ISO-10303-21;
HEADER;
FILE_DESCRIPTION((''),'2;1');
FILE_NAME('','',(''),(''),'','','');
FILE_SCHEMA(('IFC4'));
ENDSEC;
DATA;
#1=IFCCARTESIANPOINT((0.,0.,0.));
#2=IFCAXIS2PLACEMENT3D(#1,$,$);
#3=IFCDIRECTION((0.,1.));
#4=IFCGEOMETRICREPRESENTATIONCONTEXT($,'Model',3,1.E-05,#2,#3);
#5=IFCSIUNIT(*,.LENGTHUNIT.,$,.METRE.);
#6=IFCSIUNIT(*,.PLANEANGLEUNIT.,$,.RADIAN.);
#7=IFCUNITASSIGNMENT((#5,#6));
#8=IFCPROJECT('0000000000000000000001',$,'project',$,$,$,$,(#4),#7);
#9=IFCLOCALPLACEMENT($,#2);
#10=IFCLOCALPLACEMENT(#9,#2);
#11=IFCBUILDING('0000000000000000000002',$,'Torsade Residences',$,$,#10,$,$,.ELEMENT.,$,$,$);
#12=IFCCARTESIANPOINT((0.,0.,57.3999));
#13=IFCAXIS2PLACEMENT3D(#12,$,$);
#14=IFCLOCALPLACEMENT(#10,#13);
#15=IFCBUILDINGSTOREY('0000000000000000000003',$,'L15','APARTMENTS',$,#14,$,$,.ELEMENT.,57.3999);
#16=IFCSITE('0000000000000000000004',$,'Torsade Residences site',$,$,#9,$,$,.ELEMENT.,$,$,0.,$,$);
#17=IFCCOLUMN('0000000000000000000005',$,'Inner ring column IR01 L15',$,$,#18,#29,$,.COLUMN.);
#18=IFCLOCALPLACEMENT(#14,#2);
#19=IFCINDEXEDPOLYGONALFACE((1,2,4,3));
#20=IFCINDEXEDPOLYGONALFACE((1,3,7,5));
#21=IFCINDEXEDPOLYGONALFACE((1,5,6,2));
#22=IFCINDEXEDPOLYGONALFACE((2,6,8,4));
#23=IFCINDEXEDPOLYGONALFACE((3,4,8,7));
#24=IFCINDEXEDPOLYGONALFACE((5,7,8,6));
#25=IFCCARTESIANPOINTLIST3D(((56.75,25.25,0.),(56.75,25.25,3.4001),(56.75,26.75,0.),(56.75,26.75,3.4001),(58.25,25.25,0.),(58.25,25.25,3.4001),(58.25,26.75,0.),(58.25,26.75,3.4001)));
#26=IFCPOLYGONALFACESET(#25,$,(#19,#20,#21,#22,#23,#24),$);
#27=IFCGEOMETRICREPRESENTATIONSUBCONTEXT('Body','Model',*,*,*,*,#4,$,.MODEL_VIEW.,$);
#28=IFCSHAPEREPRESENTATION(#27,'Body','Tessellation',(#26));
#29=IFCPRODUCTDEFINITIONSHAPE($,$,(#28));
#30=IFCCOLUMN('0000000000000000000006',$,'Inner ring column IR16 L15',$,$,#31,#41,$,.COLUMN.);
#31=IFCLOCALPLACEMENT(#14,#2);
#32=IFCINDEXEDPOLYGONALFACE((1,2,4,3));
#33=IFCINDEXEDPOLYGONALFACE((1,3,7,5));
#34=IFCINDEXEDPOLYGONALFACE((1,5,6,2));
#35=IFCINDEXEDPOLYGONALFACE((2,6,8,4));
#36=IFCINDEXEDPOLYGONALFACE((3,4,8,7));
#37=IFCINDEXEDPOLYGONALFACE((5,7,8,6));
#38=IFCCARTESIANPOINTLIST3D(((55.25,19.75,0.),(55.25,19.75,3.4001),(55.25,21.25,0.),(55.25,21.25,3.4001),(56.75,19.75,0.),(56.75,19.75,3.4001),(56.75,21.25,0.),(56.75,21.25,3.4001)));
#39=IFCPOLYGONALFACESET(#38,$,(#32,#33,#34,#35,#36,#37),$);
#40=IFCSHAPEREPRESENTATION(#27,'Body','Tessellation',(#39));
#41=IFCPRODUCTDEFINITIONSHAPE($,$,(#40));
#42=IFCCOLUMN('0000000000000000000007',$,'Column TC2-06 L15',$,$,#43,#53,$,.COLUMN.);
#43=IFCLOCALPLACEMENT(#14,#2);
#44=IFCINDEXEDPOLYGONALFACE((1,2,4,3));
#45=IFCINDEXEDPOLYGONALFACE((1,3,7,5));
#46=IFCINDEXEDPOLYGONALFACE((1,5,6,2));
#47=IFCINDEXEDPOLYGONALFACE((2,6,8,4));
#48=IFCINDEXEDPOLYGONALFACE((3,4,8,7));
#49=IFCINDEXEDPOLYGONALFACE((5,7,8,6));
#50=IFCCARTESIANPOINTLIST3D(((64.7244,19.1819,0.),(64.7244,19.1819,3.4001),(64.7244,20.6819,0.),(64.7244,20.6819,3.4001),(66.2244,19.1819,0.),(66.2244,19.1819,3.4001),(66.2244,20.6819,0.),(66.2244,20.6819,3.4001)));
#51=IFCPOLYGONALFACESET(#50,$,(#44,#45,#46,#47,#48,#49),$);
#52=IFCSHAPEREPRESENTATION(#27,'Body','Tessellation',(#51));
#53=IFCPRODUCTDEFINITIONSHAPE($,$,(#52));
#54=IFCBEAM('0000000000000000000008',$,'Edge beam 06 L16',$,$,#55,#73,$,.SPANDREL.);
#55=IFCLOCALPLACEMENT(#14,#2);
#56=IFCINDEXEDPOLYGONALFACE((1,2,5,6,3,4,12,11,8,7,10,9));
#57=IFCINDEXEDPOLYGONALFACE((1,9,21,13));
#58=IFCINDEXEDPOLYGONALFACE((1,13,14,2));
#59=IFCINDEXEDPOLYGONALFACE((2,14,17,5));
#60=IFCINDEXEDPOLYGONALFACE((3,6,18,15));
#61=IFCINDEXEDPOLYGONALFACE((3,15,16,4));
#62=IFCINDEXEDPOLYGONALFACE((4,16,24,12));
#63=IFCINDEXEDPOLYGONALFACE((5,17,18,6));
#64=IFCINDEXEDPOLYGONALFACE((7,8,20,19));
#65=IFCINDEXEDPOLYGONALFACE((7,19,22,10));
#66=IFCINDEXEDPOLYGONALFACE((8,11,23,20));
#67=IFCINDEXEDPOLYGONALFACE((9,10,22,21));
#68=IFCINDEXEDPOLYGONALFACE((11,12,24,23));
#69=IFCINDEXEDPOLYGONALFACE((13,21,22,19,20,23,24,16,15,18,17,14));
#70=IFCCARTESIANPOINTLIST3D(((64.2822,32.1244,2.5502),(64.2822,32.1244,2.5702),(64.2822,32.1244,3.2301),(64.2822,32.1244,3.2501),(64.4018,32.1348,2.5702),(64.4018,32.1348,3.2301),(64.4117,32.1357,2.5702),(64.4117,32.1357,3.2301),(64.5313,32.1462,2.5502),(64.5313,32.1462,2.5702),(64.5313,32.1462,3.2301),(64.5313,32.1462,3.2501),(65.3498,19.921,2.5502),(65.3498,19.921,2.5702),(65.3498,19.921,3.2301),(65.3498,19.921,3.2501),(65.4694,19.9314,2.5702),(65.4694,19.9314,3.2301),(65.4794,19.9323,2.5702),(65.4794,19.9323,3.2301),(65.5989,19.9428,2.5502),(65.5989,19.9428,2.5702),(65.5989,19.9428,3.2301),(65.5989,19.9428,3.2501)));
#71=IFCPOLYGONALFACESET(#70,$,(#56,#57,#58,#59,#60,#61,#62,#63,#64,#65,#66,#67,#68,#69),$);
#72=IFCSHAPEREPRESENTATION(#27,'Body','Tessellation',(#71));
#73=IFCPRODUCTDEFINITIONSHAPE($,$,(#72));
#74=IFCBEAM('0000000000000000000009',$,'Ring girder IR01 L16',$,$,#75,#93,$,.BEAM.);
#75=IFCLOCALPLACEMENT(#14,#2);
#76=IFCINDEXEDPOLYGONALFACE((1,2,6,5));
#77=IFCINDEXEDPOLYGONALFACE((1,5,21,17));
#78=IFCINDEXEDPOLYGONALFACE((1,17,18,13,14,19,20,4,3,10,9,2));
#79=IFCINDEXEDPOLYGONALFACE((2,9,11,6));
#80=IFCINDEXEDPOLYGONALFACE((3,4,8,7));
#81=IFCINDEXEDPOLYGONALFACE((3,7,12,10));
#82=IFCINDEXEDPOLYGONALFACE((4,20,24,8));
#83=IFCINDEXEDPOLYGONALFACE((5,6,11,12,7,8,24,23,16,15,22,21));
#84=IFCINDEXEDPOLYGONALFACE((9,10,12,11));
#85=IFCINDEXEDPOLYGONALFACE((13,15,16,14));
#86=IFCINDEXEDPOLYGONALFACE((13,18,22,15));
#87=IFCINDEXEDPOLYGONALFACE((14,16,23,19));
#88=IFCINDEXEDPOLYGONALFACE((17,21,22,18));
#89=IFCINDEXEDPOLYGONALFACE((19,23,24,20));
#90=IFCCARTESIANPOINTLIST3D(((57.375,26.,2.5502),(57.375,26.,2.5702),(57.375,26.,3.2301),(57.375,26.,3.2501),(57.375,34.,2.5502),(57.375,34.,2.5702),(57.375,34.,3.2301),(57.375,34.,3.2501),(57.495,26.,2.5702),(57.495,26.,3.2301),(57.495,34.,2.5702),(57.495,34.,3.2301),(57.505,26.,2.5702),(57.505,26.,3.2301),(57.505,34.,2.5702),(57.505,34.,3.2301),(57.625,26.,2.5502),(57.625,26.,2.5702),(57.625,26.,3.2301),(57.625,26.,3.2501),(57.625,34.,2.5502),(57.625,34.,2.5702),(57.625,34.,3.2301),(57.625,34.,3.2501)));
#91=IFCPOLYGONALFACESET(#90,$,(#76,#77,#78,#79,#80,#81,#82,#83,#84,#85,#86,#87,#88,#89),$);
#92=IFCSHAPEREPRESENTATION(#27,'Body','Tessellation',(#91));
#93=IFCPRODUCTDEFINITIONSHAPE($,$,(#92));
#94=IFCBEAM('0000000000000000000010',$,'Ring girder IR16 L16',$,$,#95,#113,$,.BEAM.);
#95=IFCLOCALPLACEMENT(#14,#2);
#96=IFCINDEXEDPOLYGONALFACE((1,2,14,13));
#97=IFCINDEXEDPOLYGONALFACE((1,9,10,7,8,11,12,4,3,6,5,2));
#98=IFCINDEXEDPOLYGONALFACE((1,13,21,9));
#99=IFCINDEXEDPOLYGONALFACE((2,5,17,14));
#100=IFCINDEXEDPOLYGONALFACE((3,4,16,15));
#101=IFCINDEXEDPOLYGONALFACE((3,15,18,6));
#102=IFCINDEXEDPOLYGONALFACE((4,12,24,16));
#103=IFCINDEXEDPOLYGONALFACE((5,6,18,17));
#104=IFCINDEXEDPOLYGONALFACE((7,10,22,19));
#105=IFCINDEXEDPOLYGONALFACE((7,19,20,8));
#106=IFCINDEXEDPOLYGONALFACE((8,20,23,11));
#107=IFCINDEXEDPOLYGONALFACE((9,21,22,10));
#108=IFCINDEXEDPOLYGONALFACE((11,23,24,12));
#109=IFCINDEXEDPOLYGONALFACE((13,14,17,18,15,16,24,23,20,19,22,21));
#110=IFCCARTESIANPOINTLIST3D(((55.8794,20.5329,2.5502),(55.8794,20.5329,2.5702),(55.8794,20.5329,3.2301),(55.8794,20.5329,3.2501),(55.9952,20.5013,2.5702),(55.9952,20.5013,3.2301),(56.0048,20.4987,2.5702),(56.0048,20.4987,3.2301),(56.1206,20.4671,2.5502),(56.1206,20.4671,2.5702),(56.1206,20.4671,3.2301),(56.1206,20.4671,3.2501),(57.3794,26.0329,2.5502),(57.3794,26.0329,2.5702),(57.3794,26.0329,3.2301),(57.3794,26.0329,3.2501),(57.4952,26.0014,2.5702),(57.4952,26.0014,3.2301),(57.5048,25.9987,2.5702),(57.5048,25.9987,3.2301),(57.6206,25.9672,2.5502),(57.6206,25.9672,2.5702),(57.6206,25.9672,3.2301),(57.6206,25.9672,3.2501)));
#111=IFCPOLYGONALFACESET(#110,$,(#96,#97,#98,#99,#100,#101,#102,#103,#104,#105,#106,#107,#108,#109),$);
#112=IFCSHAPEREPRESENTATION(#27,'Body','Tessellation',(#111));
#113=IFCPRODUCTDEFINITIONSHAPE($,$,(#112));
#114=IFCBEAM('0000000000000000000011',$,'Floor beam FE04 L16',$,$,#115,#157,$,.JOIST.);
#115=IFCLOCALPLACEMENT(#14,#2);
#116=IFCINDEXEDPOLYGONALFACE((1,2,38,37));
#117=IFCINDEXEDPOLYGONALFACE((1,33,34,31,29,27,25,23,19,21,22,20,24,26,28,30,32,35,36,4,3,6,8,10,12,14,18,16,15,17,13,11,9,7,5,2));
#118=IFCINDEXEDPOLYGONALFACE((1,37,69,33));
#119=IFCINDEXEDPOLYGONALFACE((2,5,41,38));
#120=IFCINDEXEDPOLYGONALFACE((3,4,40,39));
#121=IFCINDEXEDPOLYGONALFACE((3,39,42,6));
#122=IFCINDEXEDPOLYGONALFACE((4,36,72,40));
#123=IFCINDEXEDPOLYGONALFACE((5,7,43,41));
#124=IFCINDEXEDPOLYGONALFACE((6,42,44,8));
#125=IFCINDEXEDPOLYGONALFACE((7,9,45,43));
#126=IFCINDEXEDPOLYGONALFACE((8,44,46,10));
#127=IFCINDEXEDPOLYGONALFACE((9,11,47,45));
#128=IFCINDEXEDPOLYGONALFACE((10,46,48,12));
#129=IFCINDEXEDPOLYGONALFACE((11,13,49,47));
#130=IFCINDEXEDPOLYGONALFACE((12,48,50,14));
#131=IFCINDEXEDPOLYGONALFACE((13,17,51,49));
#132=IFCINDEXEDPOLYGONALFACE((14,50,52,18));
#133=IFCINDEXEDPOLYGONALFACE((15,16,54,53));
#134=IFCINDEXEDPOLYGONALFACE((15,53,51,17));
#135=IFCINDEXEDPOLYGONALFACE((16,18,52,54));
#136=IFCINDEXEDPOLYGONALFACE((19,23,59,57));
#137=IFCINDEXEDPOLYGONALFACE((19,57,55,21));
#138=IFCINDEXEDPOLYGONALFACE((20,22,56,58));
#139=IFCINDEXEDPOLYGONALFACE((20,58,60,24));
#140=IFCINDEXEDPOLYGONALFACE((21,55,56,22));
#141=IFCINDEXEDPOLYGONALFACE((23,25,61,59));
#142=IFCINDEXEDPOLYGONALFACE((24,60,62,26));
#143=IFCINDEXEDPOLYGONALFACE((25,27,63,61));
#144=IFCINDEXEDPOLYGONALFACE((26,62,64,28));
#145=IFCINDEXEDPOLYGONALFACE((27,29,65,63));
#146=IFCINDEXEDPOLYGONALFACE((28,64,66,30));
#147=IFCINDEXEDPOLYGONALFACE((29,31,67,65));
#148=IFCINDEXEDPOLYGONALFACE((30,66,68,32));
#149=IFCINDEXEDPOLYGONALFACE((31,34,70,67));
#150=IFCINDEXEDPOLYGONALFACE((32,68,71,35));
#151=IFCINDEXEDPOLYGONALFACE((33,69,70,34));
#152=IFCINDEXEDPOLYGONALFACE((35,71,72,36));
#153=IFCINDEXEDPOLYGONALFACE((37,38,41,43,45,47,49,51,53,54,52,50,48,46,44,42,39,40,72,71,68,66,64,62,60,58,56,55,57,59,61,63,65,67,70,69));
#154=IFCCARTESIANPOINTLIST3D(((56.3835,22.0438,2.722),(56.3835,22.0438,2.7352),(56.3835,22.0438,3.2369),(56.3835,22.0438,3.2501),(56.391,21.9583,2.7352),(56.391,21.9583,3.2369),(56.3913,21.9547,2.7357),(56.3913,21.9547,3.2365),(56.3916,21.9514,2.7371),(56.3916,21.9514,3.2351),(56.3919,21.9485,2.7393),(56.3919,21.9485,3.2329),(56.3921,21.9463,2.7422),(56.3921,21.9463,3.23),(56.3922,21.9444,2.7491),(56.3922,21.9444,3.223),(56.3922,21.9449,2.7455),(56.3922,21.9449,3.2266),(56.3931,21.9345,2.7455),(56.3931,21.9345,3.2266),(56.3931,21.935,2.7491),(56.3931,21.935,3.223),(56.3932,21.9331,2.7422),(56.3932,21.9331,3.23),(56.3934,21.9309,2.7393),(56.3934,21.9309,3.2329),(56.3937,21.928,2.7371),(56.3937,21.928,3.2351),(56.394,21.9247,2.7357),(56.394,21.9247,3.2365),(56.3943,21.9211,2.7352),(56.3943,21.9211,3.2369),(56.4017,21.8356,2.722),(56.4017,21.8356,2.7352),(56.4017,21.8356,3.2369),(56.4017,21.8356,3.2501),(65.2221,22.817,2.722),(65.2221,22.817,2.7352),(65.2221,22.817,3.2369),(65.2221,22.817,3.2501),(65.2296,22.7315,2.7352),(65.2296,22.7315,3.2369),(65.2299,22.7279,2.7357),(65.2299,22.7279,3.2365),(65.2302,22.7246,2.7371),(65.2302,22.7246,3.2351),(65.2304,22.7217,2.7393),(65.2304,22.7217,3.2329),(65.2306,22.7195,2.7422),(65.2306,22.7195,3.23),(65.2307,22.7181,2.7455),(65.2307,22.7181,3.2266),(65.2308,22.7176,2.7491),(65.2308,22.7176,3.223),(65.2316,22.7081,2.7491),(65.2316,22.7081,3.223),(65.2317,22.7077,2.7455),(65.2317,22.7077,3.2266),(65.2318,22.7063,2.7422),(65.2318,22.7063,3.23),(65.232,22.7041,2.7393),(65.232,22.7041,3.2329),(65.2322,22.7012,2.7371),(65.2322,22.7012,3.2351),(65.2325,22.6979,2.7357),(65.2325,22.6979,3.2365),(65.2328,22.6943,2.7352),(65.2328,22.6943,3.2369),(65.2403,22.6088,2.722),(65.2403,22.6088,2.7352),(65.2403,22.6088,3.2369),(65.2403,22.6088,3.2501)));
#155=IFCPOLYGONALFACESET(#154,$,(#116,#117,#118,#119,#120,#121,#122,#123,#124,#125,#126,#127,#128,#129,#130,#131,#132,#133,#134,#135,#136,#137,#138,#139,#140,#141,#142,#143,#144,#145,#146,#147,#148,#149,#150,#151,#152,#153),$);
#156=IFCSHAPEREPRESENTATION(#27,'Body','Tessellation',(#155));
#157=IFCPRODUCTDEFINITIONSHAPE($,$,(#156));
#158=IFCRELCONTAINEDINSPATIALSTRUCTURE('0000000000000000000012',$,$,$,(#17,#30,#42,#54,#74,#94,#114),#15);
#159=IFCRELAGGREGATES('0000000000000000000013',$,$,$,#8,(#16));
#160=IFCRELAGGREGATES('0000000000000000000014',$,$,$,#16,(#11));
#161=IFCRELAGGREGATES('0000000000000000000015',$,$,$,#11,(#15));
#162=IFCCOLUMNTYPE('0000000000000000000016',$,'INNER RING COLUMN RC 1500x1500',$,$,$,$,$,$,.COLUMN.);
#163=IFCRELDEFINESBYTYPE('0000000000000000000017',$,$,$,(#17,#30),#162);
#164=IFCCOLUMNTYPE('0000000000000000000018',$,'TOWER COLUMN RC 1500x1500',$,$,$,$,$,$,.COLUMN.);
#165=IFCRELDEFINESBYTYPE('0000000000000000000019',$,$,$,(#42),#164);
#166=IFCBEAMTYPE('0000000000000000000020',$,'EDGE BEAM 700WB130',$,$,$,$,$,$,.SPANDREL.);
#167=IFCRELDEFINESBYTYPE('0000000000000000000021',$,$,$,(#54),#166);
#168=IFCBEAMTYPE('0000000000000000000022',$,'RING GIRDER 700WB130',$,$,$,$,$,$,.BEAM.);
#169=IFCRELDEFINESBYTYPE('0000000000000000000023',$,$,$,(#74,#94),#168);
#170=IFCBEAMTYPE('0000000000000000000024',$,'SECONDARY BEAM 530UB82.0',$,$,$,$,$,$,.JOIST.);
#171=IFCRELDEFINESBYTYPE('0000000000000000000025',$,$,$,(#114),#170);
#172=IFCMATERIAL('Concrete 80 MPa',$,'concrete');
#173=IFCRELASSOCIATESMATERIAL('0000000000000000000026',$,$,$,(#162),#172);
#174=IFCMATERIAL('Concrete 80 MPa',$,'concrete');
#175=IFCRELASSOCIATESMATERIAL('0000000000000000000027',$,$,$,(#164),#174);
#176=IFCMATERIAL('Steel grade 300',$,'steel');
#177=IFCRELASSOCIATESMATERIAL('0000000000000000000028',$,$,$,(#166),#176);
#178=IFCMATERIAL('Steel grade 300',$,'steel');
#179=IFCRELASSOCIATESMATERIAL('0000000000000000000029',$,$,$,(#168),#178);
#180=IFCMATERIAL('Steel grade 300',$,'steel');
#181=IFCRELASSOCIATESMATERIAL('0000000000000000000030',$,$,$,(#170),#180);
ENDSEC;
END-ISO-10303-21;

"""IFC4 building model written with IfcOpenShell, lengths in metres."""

from ifc_helpers import new_model, si_unit, direction, frame, origin, origin_2d, place, context, subcontext, project, spatial, rectangle, i_section, extrude, material, material_profile, profile_set, type_object, element, save


model = new_model("IFC4")

# Units and contexts
model_context = context("Model", 3, precision=1e-05, world=origin(), true_north=direction((0.0, 1.0)))
body_context = subcontext(model_context, "Body", "Model", "MODEL_VIEW")
ifc_project = project(units=[si_unit("LENGTHUNIT", "METRE"), si_unit("PLANEANGLEUNIT", "RADIAN")], contexts=[model_context])

# Site, building, storey
site_placement = place(None, origin())
site = spatial("IfcSite", under=ifc_project, at=site_placement, Name="Torsade Residences site", CompositionType="ELEMENT", RefElevation=0.0)
building_placement = place(site_placement, origin())
building = spatial("IfcBuilding", under=site, at=building_placement, Name="Torsade Residences", CompositionType="ELEMENT")
storey_placement = place(building_placement, frame((0.0, 0.0, 57.3999)))
storey = spatial("IfcBuildingStorey", under=building, at=storey_placement, Name="L15", Description="APARTMENTS", CompositionType="ELEMENT", Elevation=57.3999)

# Columns
ifc_material_1 = material(Name="Concrete 80 MPa", Category="concrete")
ifc_material_profile_1 = material_profile(ifc_material_1, rectangle(XDim=1.5, YDim=1.5, at=origin_2d()), Name="RC 1500x1500")
ifc_profile_set_1 = profile_set([ifc_material_profile_1], Name="Concrete 80 MPa")
column_type_1 = type_object("IfcColumnType", Name="INNER RING COLUMN RC 1500x1500", PredefinedType="COLUMN", material=ifc_profile_set_1)
for number, where, z_axis, x_axis, name in (
    (1, (57.5, 26.0, 0.0), (0.0, 0.0, 1.0), (1.0, 0.0, 0.0), "Inner ring column IR01 L15"),
    (2, (56.0, 20.5, 0.0), (0.0, 0.0, 1.0), (1.0, 0.0, 0.0), "Inner ring column IR16 L15"),
):
    element("IfcColumn", number, at=place(storey_placement, frame(where, z_axis=z_axis, x_axis=x_axis)), inside=storey, type_object=column_type_1, Name=name, PredefinedType="COLUMN", context=body_context, shape_type="SweptSolid", body=[
        extrude(rectangle(XDim=1.5, YDim=1.5, at=origin_2d()), origin(), (0.0, 0.0, 1.0), 3.4001),
    ])
ifc_material_2 = material(Name="Concrete 80 MPa", Category="concrete")
ifc_material_profile_2 = material_profile(ifc_material_2, rectangle(XDim=1.5, YDim=1.5, at=origin_2d()), Name="RC 1500x1500")
ifc_profile_set_2 = profile_set([ifc_material_profile_2], Name="Concrete 80 MPa")
column_type_2 = type_object("IfcColumnType", Name="TOWER COLUMN RC 1500x1500", PredefinedType="COLUMN", material=ifc_profile_set_2)
column_placement = place(storey_placement, frame((65.4744, 19.9319, 0.0), z_axis=(0.0, 0.0, 1.0), x_axis=(1.0, 0.0, 0.0)))
element("IfcColumn", 3, at=column_placement, inside=storey, type_object=column_type_2, Name="Column TC2-06 L15", PredefinedType="COLUMN", context=body_context, shape_type="SweptSolid", body=[
    extrude(rectangle(XDim=1.5, YDim=1.5, at=origin_2d()), origin(), (0.0, 0.0, 1.0), 3.4001),
])

# Beams
ifc_material_3 = material(Name="Steel grade 300", Category="steel")
ifc_material_profile_3 = material_profile(ifc_material_3, i_section(OverallWidth=0.25, OverallDepth=0.7, WebThickness=0.01, FlangeThickness=0.02, at=origin_2d()), Name="700WB130")
ifc_profile_set_3 = profile_set([ifc_material_profile_3], Name="Steel grade 300")
beam_type_1 = type_object("IfcBeamType", Name="EDGE BEAM 700WB130", PredefinedType="SPANDREL", material=ifc_profile_set_3)
beam_1_placement = place(storey_placement, frame((65.4744, 19.9319, 2.9001), z_axis=(-0.087153, 0.996195, 0.0), x_axis=(-0.996195, -0.087153, 0.0)))
element("IfcBeam", 4, at=beam_1_placement, inside=storey, type_object=beam_type_1, Name="Edge beam 06 L16", PredefinedType="SPANDREL", context=body_context, shape_type="SweptSolid", body=[
    extrude(i_section(OverallWidth=0.25, OverallDepth=0.7, WebThickness=0.01, FlangeThickness=0.02, at=origin_2d()), origin(), (0.0, 0.0, 1.0), 12.25),
])
ifc_material_4 = material(Name="Steel grade 300", Category="steel")
ifc_material_profile_4 = material_profile(ifc_material_4, i_section(OverallWidth=0.25, OverallDepth=0.7, WebThickness=0.01, FlangeThickness=0.02, at=origin_2d()), Name="700WB130")
ifc_profile_set_4 = profile_set([ifc_material_profile_4], Name="Steel grade 300")
beam_type_2 = type_object("IfcBeamType", Name="RING GIRDER 700WB130", PredefinedType="BEAM", material=ifc_profile_set_4)
beam_2_placement = place(storey_placement, frame((57.5, 26.0, 2.9001), z_axis=(0.0, 1.0, 0.0), x_axis=(-1.0, 0.0, 0.0)))
element("IfcBeam", 5, at=beam_2_placement, inside=storey, type_object=beam_type_2, Name="Ring girder IR01 L16", PredefinedType="BEAM", context=body_context, shape_type="SweptSolid", body=[
    extrude(i_section(OverallWidth=0.25, OverallDepth=0.7, WebThickness=0.01, FlangeThickness=0.02, at=origin_2d()), origin(), (0.0, 0.0, 1.0), 8.0),
])
beam_3_placement = place(storey_placement, frame((56.0, 20.5, 2.9001), z_axis=(0.263117, 0.964764, 0.0), x_axis=(-0.964764, 0.263117, 0.0)))
element("IfcBeam", 6, at=beam_3_placement, inside=storey, type_object=beam_type_2, Name="Ring girder IR16 L16", PredefinedType="BEAM", context=body_context, shape_type="SweptSolid", body=[
    extrude(i_section(OverallWidth=0.25, OverallDepth=0.7, WebThickness=0.01, FlangeThickness=0.02, at=origin_2d()), origin(), (0.0, 0.0, 1.0), 5.7009),
])
ifc_material_5 = material(Name="Steel grade 300", Category="steel")
ifc_material_profile_5 = material_profile(ifc_material_5, i_section(OverallWidth=0.209, OverallDepth=0.5281, WebThickness=0.0095, FlangeThickness=0.0132, FilletRadius=0.0139, at=origin_2d()), Name="530UB82.0")
ifc_profile_set_5 = profile_set([ifc_material_profile_5], Name="Steel grade 300")
beam_type_3 = type_object("IfcBeamType", Name="SECONDARY BEAM 530UB82.0", PredefinedType="JOIST", material=ifc_profile_set_5)
beam_4_placement = place(storey_placement, frame((65.2312, 22.7129, 2.9861), z_axis=(-0.996196, -0.087146, 0.0), x_axis=(0.087146, -0.996196, 0.0)))
element("IfcBeam", 7, at=beam_4_placement, inside=storey, type_object=beam_type_3, Name="Floor beam FE04 L16", PredefinedType="JOIST", context=body_context, shape_type="SweptSolid", body=[
    extrude(i_section(OverallWidth=0.209, OverallDepth=0.5281, WebThickness=0.0095, FlangeThickness=0.0132, FilletRadius=0.0139, at=origin_2d()), origin(), (0.0, 0.0, 1.0), 8.8723),
])

save(model, "model.ifc")
